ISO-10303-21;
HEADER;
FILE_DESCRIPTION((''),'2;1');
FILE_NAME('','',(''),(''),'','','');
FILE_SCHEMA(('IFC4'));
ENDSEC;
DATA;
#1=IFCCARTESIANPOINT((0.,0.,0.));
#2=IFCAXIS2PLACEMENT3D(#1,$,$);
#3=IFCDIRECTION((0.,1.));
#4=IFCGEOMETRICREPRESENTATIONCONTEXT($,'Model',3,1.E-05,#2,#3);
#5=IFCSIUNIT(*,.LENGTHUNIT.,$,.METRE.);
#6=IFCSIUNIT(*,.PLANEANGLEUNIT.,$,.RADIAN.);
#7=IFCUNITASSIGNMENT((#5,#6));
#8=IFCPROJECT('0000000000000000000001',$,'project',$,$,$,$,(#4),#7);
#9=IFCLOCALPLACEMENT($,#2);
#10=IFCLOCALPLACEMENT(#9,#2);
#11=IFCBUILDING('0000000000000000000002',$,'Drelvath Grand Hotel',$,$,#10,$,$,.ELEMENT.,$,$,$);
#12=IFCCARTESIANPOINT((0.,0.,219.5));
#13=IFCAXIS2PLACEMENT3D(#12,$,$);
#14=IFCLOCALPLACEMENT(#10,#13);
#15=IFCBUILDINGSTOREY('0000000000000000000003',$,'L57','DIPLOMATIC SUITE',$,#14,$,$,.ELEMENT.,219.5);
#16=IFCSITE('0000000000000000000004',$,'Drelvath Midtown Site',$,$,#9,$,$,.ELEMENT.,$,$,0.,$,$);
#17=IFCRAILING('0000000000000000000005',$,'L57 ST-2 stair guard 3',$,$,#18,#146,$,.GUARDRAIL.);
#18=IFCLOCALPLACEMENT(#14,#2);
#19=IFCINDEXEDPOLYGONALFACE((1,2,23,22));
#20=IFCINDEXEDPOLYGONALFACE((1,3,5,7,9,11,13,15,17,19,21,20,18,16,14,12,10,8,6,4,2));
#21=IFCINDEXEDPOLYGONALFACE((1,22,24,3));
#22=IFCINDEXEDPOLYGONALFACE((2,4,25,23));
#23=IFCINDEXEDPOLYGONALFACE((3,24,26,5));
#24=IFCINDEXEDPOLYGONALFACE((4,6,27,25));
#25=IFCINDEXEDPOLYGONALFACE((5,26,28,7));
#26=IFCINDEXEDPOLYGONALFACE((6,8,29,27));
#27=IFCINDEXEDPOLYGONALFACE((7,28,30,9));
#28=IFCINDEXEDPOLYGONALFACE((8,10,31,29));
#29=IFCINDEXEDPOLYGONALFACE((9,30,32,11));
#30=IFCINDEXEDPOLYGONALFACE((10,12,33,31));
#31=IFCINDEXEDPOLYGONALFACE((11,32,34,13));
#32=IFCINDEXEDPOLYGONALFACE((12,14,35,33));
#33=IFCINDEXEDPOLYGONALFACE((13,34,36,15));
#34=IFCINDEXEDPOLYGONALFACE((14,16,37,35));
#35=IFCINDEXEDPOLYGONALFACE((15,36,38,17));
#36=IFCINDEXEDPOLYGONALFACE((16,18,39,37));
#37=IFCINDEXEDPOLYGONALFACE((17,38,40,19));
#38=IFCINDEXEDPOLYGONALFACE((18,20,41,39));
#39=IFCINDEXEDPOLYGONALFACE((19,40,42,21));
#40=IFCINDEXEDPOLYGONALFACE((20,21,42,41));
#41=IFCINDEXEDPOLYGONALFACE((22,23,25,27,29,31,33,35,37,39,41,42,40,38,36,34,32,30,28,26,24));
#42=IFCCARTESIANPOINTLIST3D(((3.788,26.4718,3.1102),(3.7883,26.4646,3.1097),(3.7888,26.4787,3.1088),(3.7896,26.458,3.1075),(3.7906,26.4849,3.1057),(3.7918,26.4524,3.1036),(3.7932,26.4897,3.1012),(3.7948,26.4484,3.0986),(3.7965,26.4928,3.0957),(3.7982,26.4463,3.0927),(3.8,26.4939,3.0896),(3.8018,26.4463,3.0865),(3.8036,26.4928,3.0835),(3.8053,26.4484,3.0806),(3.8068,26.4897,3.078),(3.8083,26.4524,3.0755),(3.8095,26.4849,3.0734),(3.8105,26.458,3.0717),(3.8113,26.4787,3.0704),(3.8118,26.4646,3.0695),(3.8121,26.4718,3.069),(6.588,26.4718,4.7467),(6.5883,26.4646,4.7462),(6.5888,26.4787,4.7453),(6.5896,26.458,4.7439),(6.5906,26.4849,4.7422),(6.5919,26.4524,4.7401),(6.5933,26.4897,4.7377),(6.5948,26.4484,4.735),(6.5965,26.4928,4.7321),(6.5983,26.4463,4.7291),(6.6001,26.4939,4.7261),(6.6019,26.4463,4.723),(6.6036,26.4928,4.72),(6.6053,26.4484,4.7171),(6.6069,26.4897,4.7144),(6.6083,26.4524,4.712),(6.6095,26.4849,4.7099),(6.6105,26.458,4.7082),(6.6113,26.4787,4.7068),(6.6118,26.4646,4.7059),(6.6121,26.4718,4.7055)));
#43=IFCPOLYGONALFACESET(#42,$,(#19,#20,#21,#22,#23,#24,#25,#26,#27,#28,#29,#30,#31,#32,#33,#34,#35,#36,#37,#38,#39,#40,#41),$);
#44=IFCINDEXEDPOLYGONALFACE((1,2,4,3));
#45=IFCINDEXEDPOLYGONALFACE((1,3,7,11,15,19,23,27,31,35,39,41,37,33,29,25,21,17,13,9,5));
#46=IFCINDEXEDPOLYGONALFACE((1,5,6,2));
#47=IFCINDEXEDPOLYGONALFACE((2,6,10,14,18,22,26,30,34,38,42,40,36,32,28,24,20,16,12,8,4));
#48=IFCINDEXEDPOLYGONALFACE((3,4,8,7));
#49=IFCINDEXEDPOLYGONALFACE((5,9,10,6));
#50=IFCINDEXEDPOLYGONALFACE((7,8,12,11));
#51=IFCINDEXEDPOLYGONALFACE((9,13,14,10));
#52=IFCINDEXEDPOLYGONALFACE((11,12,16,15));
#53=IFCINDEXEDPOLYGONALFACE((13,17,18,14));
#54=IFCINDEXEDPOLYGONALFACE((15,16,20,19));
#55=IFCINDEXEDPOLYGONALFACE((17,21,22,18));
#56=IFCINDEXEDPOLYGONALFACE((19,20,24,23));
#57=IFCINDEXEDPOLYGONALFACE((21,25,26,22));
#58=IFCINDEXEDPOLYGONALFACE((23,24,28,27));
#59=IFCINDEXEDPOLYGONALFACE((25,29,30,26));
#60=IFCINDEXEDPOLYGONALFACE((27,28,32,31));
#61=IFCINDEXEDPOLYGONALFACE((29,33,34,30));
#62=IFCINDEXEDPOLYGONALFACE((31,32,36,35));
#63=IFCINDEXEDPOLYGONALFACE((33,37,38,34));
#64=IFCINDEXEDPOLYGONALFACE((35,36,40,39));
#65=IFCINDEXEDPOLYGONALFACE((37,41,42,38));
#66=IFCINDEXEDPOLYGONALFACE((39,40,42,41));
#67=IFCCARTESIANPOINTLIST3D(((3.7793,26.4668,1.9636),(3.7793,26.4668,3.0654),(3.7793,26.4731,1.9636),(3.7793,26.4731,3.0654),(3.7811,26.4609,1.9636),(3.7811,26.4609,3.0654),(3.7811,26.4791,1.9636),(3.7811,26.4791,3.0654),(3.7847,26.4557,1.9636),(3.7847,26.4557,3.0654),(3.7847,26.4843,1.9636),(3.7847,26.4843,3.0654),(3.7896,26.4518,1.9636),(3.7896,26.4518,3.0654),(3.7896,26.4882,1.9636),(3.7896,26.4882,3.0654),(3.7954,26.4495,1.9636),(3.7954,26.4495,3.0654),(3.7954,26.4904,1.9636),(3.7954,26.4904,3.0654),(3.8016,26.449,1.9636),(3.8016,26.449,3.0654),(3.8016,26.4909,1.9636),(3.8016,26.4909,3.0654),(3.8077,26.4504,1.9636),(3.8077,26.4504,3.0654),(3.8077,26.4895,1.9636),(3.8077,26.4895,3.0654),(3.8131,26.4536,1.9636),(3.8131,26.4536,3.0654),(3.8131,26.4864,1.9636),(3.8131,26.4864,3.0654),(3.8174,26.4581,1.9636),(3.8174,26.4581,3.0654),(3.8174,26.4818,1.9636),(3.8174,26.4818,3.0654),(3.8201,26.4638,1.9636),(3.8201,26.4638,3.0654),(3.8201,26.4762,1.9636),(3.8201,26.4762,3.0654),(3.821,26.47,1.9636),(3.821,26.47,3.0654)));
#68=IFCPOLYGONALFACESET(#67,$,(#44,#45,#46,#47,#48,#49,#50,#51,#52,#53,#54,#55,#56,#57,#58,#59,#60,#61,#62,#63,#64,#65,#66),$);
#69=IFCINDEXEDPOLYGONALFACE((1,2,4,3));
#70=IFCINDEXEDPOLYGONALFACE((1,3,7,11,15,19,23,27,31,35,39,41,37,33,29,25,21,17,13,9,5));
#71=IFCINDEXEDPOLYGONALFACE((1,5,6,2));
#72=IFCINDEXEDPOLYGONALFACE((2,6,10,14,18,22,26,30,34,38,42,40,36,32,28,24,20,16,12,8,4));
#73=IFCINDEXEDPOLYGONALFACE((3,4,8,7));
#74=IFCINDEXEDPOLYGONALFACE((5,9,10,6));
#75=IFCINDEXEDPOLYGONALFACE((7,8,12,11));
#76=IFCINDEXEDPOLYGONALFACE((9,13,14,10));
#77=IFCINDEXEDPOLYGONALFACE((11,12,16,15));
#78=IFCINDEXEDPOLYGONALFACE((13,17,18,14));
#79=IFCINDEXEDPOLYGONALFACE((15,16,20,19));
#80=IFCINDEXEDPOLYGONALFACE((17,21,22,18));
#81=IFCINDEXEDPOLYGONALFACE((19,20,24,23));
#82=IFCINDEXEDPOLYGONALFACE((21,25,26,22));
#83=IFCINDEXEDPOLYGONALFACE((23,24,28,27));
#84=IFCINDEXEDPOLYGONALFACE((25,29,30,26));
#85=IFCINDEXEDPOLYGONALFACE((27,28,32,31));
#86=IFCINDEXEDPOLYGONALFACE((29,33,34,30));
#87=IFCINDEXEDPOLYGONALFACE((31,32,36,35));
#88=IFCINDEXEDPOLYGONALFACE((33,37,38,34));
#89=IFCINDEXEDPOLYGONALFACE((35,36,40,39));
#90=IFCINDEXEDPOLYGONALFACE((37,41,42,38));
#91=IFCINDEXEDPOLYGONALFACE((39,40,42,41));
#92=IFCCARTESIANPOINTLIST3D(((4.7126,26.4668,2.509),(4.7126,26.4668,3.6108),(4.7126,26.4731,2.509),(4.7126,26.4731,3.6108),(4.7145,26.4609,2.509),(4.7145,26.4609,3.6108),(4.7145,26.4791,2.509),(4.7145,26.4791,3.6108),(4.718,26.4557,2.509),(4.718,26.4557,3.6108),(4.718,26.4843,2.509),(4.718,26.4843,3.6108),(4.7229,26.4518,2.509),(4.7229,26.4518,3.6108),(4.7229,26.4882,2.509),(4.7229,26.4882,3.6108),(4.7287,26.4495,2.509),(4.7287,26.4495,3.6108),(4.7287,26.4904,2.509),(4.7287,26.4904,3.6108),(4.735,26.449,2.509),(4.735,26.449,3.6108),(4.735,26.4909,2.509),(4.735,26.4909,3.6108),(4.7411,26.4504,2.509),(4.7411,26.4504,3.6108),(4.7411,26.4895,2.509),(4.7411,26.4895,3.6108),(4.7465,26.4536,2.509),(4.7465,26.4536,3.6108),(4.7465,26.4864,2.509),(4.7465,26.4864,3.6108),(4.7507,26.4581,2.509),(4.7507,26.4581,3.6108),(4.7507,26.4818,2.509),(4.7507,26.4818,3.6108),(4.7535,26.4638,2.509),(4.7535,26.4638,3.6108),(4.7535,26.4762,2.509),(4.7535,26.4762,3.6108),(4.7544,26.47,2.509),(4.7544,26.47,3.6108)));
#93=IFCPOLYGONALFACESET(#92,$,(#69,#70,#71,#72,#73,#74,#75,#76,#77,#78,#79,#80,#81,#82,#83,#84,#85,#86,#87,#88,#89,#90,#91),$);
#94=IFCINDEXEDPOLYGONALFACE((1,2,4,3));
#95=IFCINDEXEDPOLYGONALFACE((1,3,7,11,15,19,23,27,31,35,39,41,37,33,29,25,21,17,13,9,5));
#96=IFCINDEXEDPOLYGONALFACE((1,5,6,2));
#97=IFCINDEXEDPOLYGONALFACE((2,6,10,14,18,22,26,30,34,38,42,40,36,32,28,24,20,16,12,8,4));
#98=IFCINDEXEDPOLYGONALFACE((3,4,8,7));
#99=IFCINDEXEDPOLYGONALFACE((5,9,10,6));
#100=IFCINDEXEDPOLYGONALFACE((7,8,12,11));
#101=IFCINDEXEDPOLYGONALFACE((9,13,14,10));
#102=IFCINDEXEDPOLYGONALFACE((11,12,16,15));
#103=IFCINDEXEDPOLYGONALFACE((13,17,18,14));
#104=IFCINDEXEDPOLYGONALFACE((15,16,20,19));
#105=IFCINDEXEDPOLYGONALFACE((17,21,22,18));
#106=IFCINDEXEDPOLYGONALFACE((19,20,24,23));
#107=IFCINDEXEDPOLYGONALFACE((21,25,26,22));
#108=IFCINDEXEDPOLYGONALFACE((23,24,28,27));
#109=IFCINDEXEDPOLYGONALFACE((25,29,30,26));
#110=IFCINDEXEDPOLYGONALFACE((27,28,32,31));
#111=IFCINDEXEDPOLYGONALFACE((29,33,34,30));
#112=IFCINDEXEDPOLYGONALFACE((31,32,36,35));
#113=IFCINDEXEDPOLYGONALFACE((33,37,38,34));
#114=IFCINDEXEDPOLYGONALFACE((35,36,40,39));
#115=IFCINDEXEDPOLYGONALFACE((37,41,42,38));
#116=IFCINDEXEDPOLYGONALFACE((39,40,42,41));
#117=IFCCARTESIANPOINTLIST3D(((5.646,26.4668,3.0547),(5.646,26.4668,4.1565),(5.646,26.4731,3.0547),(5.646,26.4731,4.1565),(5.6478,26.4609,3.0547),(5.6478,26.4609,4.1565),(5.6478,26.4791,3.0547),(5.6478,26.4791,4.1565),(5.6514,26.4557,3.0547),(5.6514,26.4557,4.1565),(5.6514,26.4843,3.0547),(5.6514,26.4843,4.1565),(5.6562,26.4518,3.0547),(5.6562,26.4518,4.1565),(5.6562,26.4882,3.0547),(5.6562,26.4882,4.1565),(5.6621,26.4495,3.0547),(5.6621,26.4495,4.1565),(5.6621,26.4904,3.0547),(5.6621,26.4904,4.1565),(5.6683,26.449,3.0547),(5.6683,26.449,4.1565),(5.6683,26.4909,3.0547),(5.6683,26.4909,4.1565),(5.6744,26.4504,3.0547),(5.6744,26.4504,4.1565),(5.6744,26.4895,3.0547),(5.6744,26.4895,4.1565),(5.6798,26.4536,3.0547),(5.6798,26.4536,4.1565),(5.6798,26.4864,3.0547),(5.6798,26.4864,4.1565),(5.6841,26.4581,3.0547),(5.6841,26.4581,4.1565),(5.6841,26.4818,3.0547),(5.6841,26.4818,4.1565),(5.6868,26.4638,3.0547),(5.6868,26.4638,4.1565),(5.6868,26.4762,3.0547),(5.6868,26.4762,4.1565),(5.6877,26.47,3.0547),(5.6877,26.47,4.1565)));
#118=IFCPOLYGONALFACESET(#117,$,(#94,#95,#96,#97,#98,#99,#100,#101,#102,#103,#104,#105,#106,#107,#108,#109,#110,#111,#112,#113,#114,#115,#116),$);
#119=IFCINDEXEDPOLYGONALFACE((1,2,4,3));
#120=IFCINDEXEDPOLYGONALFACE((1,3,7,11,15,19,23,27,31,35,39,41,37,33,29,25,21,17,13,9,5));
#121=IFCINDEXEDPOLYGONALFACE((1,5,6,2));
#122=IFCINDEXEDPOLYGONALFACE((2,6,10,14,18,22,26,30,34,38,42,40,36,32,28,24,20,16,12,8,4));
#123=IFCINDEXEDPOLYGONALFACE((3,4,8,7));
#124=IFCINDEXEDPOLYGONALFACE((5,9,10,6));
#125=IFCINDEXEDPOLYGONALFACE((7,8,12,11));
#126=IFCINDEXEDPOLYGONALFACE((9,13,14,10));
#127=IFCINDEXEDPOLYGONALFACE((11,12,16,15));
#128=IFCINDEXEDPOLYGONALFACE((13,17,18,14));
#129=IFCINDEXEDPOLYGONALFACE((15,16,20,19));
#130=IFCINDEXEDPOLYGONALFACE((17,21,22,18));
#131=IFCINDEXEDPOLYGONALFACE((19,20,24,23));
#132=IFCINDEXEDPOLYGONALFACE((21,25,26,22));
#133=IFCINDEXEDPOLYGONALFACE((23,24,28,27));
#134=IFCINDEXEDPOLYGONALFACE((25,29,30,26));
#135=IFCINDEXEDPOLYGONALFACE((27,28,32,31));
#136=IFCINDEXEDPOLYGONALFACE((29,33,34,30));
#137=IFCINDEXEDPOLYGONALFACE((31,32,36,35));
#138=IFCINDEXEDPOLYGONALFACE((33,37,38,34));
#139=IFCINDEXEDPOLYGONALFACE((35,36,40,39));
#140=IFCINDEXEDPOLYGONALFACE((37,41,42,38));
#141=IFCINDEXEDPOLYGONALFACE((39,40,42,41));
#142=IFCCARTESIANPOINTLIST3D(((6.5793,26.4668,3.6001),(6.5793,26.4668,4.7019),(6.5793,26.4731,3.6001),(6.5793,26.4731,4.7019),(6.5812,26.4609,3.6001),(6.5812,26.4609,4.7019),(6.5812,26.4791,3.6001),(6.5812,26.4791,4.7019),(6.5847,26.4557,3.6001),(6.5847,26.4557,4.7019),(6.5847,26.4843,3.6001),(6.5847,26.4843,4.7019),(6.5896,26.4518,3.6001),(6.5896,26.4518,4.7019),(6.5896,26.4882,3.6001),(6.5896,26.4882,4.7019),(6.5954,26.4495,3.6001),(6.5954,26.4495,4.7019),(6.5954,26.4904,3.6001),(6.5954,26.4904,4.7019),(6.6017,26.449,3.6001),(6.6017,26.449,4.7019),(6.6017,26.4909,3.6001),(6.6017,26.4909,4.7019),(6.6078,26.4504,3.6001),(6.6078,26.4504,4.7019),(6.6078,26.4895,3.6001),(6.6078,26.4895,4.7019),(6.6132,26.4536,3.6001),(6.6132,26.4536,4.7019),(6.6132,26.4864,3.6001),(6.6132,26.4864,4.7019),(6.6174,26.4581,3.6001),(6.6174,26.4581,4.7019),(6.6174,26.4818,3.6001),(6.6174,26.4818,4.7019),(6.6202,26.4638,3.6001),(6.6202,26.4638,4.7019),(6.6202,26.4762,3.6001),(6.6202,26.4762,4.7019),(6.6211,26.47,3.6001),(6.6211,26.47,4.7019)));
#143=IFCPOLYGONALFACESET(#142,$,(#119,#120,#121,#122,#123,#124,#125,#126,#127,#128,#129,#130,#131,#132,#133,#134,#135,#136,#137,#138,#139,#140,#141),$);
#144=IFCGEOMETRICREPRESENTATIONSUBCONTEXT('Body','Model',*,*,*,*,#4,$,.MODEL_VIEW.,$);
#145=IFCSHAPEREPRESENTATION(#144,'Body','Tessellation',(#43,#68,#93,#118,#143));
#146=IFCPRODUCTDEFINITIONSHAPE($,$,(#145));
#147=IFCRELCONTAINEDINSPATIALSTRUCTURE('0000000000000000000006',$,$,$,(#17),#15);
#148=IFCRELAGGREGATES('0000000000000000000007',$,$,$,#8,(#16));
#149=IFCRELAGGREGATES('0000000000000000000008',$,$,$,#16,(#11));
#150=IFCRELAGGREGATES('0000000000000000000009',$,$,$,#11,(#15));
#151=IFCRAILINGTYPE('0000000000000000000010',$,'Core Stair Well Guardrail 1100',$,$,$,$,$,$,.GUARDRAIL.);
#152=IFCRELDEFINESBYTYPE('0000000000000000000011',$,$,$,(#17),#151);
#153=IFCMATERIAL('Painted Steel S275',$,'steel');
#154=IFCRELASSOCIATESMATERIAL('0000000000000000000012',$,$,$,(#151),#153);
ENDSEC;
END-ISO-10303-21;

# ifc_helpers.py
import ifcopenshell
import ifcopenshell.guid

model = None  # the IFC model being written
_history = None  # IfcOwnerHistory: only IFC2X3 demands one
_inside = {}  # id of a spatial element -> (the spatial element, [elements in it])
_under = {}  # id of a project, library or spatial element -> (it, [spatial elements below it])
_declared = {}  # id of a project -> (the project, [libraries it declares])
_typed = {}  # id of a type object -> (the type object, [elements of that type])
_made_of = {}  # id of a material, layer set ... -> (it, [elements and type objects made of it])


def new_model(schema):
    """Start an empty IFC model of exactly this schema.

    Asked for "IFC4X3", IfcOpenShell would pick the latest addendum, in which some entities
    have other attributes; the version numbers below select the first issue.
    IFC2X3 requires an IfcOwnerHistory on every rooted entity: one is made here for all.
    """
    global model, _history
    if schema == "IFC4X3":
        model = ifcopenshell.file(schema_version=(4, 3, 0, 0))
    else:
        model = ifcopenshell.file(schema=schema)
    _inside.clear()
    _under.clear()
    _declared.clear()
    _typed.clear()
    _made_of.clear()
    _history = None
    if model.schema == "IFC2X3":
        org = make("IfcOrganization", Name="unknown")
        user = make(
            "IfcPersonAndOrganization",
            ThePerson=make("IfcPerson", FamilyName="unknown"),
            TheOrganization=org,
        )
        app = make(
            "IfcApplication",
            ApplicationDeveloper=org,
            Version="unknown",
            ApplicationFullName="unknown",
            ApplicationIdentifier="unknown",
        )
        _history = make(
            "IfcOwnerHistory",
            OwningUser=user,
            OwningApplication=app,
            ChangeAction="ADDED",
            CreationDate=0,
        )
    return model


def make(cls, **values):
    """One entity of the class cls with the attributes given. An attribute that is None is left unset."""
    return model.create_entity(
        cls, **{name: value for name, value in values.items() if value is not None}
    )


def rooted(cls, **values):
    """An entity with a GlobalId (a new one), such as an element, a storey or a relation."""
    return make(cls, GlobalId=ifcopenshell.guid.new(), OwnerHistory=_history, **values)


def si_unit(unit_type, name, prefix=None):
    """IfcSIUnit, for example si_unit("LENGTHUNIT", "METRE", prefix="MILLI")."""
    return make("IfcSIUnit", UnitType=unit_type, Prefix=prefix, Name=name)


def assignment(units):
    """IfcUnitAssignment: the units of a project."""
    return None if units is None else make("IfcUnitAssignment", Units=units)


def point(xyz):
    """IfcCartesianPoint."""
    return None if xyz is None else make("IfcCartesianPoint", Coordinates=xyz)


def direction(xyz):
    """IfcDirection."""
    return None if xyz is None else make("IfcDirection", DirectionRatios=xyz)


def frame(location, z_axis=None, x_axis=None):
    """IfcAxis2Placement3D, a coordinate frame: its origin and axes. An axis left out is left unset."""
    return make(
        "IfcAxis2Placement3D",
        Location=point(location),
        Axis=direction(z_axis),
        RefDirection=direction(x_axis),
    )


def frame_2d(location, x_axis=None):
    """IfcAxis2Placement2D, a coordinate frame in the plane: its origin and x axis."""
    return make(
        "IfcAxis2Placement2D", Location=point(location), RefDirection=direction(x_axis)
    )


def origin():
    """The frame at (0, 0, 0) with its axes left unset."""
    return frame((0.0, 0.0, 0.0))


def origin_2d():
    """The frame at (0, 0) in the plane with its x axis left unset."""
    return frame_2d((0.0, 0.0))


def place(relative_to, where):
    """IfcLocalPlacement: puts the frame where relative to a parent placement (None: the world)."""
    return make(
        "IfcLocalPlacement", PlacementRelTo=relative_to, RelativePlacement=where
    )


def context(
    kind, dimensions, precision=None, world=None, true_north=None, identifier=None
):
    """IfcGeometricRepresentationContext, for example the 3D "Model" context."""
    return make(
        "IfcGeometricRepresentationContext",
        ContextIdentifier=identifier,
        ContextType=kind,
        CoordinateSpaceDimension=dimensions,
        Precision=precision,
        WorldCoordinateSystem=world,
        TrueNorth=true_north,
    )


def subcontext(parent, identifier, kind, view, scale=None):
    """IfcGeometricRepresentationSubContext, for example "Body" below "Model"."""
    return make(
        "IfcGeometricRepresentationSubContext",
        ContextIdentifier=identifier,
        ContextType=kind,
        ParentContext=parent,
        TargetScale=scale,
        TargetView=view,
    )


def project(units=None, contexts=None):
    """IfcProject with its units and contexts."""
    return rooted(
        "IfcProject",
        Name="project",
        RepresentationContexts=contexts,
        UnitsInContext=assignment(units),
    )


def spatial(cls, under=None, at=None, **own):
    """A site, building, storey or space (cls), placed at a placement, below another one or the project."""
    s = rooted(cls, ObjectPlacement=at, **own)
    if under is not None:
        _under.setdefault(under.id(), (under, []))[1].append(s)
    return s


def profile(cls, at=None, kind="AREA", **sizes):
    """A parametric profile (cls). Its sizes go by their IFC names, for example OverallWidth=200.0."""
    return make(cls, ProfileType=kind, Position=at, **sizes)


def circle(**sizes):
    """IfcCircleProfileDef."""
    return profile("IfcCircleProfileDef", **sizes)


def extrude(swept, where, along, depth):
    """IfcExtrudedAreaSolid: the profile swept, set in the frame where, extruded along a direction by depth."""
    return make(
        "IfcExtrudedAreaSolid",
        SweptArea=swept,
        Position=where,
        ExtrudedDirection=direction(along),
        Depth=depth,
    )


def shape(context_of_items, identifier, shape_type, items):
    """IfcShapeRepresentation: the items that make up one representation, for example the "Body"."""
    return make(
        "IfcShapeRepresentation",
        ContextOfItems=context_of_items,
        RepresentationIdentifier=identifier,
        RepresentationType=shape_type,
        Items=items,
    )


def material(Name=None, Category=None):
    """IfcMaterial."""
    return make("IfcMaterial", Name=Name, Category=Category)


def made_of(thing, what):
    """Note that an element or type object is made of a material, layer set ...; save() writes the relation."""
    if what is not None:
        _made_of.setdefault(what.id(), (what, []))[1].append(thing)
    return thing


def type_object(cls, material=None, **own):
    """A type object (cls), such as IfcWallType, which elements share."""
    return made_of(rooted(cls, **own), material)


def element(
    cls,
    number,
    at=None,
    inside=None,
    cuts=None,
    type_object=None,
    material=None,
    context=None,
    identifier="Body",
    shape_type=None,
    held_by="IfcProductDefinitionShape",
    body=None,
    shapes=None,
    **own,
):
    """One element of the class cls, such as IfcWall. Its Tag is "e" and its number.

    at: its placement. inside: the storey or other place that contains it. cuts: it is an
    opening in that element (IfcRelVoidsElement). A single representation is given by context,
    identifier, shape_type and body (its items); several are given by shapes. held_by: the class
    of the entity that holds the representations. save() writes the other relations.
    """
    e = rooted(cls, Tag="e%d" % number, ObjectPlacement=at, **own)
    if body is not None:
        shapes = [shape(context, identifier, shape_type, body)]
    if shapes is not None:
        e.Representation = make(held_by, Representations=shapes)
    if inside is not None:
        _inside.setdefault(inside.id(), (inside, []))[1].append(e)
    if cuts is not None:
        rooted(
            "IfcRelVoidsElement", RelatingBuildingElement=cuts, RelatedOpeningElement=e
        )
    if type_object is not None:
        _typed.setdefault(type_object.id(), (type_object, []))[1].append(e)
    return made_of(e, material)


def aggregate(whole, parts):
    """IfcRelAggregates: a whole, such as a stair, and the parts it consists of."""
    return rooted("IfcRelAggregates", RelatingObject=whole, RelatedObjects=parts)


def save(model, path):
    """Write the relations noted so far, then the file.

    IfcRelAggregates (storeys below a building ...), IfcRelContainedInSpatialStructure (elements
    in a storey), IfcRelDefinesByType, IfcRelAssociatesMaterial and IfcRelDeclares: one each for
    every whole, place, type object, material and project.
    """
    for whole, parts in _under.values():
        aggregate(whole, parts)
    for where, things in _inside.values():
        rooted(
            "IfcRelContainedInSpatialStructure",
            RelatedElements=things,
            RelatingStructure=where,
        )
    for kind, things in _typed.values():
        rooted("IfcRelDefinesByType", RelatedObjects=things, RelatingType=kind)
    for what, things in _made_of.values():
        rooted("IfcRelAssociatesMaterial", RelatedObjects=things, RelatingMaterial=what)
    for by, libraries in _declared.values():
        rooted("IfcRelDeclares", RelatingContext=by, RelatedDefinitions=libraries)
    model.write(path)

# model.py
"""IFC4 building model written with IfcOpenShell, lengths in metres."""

from ifc_helpers import new_model, si_unit, direction, frame, origin, origin_2d, place, context, subcontext, project, spatial, circle, extrude, material, type_object, element, save


model = new_model("IFC4")

# Units and contexts
model_context = context("Model", 3, precision=1e-05, world=origin(), true_north=direction((0.0, 1.0)))
body_context = subcontext(model_context, "Body", "Model", "MODEL_VIEW")
ifc_project = project(units=[si_unit("LENGTHUNIT", "METRE"), si_unit("PLANEANGLEUNIT", "RADIAN")], contexts=[model_context])

# Site, building, storey
site_placement = place(None, origin())
site = spatial("IfcSite", under=ifc_project, at=site_placement, Name="Drelvath Midtown Site", CompositionType="ELEMENT", RefElevation=0.0)
building_placement = place(site_placement, origin())
building = spatial("IfcBuilding", under=site, at=building_placement, Name="Drelvath Grand Hotel", CompositionType="ELEMENT")
storey_placement = place(building_placement, frame((0.0, 0.0, 219.5)))
storey = spatial("IfcBuildingStorey", under=building, at=storey_placement, Name="L57", Description="DIPLOMATIC SUITE", CompositionType="ELEMENT", Elevation=219.5)

# Railing
ifc_material_1 = material(Name="Painted Steel S275", Category="steel")
railing_type_1 = type_object("IfcRailingType", Name="Core Stair Well Guardrail 1100", PredefinedType="GUARDRAIL", material=ifc_material_1)
railing_1_placement = place(storey_placement, frame((3.8, 26.47, 1.9636)))
element("IfcRailing", 1, at=railing_1_placement, inside=storey, type_object=railing_type_1, Name="L57 ST-2 stair guard 3", PredefinedType="GUARDRAIL", context=body_context, shape_type="SweptSolid", body=[
    extrude(circle(Radius=0.0239, at=origin_2d()), frame((0.0, 0.0, 1.126), z_axis=(0.863361, 0.0, 0.504587), x_axis=(0.0, 1.0, 0.0)), (0.0, 0.0, 1.0), 3.2432),
    extrude(circle(Radius=0.021, at=origin_2d()), origin(), (0.0, 0.0, 1.0), 1.1018),
    extrude(circle(Radius=0.021, at=origin_2d()), frame((0.9333, 0.0, 0.5454)), (0.0, 0.0, 1.0), 1.1018),
    extrude(circle(Radius=0.021, at=origin_2d()), frame((1.8667, 0.0, 1.0911)), (0.0, 0.0, 1.0), 1.1018),
    extrude(circle(Radius=0.021, at=origin_2d()), frame((2.8, 0.0, 1.6365)), (0.0, 0.0, 1.0), 1.1018),
])

save(model, "model.ifc")
